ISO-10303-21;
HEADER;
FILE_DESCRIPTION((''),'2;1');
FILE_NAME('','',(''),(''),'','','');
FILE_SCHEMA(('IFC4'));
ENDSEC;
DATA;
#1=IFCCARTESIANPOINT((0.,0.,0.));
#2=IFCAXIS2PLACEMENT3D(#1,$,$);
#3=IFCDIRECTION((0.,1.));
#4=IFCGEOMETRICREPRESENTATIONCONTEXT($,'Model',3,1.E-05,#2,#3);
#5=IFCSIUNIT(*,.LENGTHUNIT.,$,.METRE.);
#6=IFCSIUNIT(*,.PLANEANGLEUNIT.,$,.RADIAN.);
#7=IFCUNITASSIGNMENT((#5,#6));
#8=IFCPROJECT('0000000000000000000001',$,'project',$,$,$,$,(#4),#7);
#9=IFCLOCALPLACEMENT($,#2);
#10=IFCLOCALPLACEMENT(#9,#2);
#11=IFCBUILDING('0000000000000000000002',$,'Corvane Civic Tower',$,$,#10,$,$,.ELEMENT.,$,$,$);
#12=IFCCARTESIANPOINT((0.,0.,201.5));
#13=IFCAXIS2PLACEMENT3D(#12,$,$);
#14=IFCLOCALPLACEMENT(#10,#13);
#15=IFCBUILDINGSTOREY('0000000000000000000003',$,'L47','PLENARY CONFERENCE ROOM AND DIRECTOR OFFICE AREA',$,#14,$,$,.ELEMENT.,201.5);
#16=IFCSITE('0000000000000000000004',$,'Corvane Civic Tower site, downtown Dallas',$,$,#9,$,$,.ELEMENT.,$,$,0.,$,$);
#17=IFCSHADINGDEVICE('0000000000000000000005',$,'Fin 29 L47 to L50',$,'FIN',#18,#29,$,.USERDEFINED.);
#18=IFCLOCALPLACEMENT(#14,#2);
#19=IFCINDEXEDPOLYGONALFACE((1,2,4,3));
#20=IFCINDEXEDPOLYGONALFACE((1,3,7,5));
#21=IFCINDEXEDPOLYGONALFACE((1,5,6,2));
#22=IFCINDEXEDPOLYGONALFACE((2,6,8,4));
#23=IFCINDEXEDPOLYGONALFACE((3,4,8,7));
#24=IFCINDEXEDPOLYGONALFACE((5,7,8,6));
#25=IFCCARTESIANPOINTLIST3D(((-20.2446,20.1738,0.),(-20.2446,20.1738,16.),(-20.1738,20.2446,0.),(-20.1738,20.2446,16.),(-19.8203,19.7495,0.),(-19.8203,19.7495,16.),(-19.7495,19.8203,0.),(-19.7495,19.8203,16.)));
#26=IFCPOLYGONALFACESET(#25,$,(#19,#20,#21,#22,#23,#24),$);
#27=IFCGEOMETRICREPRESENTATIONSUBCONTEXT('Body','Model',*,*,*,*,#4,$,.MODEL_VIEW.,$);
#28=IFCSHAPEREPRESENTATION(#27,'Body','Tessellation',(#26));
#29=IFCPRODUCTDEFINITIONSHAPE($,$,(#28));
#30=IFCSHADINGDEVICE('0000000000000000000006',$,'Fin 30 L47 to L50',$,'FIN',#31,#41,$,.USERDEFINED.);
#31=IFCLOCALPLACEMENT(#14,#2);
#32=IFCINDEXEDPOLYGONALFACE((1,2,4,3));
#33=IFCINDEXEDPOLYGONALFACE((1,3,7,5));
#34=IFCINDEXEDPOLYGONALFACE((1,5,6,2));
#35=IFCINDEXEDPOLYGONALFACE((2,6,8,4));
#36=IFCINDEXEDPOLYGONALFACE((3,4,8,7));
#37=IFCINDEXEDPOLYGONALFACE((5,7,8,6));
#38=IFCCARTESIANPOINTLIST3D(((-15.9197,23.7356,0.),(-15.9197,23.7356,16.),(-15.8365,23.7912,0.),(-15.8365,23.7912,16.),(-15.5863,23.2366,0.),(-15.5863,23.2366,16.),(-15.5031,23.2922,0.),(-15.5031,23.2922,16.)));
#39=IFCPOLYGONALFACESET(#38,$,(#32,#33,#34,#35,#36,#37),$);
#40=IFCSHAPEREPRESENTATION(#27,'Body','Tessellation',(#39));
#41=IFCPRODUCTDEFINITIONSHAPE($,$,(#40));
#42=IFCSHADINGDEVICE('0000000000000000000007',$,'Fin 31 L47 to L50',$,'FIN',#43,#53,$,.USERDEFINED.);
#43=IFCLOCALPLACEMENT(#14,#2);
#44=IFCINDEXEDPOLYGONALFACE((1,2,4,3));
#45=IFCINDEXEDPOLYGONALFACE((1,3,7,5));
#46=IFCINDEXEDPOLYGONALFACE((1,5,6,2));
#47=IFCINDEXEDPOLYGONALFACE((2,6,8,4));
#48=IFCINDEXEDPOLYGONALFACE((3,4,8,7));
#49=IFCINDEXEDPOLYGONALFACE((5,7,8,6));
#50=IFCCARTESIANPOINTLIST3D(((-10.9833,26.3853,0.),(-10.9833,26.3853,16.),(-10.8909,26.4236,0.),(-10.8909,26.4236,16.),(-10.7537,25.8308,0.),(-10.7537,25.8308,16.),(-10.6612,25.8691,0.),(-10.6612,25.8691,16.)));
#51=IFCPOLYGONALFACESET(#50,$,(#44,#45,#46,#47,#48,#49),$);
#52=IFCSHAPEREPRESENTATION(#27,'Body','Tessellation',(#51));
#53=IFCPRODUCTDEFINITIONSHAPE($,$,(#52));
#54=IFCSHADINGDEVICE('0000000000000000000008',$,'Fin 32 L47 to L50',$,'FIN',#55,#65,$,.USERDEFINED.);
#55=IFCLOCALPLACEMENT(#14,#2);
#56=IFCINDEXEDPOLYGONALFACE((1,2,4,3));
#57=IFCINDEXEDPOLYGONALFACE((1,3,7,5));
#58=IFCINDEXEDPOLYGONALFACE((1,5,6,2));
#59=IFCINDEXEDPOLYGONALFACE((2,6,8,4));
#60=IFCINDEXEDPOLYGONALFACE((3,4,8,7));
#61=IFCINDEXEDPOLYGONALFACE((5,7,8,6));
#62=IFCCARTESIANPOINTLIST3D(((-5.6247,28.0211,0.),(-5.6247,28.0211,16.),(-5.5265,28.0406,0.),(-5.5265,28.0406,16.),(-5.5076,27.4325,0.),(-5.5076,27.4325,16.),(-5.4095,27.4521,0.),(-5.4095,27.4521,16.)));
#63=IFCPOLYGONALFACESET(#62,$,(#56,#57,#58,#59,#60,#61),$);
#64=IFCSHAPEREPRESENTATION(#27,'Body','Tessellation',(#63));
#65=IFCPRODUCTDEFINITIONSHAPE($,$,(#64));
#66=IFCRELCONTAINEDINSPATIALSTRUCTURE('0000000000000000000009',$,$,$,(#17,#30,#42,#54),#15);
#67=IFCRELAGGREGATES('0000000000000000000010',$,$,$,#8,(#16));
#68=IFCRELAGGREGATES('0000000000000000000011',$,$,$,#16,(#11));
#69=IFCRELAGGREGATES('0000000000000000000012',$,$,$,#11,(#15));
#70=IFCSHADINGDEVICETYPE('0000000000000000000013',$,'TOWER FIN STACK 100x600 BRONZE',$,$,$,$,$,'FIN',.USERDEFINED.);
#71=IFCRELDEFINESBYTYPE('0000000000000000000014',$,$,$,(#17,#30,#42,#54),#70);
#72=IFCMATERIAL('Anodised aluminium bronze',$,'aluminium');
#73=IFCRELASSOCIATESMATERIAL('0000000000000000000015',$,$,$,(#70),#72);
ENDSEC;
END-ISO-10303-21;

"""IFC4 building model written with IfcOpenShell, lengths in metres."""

from ifc_helpers import new_model, si_unit, direction, frame, origin, origin_2d, place, context, subcontext, project, spatial, rectangle, extrude, material, material_profile, profile_set, type_object, element, save


model = new_model("IFC4")

# Units and contexts
model_context = context("Model", 3, precision=1e-05, world=origin(), true_north=direction((0.0, 1.0)))
body_context = subcontext(model_context, "Body", "Model", "MODEL_VIEW")
ifc_project = project(units=[si_unit("LENGTHUNIT", "METRE"), si_unit("PLANEANGLEUNIT", "RADIAN")], contexts=[model_context])

# Site, building, storey
site_placement = place(None, origin())
site = spatial("IfcSite", under=ifc_project, at=site_placement, Name="Corvane Civic Tower site, downtown Dallas", CompositionType="ELEMENT", RefElevation=0.0)
building_placement = place(site_placement, origin())
building = spatial("IfcBuilding", under=site, at=building_placement, Name="Corvane Civic Tower", CompositionType="ELEMENT")
storey_placement = place(building_placement, frame((0.0, 0.0, 201.5)))
storey = spatial("IfcBuildingStorey", under=building, at=storey_placement, Name="L47", Description="PLENARY CONFERENCE ROOM AND DIRECTOR OFFICE AREA", CompositionType="ELEMENT", Elevation=201.5)

# Shading devices
ifc_material_1 = material(Name="Anodised aluminium bronze", Category="aluminium")
ifc_material_profile_1 = material_profile(ifc_material_1, rectangle(XDim=0.1001, YDim=0.6001, at=origin_2d()), Name="TOWER FIN STACK 100x600 BRONZE")
ifc_profile_set_1 = profile_set([ifc_material_profile_1], Name="Anodised aluminium bronze")
shading_device_type = type_object("IfcShadingDeviceType", Name="TOWER FIN STACK 100x600 BRONZE", ElementType="FIN", PredefinedType="USERDEFINED", material=ifc_profile_set_1)
for number, where, z_axis, x_axis, name in (
    (1, (-19.9971, 19.9971, 0.0), (0.0, 0.0, 1.0), (0.707107, 0.707107, 0.0), "Fin 29 L47 to L50"),
    (2, (-15.7114, 23.5139, 0.0), (0.0, 0.0, 1.0), (0.83147, 0.55557, 0.0), "Fin 30 L47 to L50"),
    (3, (-10.8223, 26.1272, 0.0), (0.0, 0.0, 1.0), (0.92388, 0.382683, 0.0), "Fin 31 L47 to L50"),
    (4, (-5.5171, 27.7366, 0.0), (0.0, 0.0, 1.0), (0.980785, 0.19509, 0.0), "Fin 32 L47 to L50"),
):
    element("IfcShadingDevice", number, at=place(storey_placement, frame(where, z_axis=z_axis, x_axis=x_axis)), inside=storey, type_object=shading_device_type, Name=name, ObjectType="FIN", PredefinedType="USERDEFINED", context=body_context, shape_type="SweptSolid", body=[
        extrude(rectangle(XDim=0.1001, YDim=0.6001, at=origin_2d()), origin(), (0.0, 0.0, 1.0), 16.0),
    ])

save(model, "model.ifc")
